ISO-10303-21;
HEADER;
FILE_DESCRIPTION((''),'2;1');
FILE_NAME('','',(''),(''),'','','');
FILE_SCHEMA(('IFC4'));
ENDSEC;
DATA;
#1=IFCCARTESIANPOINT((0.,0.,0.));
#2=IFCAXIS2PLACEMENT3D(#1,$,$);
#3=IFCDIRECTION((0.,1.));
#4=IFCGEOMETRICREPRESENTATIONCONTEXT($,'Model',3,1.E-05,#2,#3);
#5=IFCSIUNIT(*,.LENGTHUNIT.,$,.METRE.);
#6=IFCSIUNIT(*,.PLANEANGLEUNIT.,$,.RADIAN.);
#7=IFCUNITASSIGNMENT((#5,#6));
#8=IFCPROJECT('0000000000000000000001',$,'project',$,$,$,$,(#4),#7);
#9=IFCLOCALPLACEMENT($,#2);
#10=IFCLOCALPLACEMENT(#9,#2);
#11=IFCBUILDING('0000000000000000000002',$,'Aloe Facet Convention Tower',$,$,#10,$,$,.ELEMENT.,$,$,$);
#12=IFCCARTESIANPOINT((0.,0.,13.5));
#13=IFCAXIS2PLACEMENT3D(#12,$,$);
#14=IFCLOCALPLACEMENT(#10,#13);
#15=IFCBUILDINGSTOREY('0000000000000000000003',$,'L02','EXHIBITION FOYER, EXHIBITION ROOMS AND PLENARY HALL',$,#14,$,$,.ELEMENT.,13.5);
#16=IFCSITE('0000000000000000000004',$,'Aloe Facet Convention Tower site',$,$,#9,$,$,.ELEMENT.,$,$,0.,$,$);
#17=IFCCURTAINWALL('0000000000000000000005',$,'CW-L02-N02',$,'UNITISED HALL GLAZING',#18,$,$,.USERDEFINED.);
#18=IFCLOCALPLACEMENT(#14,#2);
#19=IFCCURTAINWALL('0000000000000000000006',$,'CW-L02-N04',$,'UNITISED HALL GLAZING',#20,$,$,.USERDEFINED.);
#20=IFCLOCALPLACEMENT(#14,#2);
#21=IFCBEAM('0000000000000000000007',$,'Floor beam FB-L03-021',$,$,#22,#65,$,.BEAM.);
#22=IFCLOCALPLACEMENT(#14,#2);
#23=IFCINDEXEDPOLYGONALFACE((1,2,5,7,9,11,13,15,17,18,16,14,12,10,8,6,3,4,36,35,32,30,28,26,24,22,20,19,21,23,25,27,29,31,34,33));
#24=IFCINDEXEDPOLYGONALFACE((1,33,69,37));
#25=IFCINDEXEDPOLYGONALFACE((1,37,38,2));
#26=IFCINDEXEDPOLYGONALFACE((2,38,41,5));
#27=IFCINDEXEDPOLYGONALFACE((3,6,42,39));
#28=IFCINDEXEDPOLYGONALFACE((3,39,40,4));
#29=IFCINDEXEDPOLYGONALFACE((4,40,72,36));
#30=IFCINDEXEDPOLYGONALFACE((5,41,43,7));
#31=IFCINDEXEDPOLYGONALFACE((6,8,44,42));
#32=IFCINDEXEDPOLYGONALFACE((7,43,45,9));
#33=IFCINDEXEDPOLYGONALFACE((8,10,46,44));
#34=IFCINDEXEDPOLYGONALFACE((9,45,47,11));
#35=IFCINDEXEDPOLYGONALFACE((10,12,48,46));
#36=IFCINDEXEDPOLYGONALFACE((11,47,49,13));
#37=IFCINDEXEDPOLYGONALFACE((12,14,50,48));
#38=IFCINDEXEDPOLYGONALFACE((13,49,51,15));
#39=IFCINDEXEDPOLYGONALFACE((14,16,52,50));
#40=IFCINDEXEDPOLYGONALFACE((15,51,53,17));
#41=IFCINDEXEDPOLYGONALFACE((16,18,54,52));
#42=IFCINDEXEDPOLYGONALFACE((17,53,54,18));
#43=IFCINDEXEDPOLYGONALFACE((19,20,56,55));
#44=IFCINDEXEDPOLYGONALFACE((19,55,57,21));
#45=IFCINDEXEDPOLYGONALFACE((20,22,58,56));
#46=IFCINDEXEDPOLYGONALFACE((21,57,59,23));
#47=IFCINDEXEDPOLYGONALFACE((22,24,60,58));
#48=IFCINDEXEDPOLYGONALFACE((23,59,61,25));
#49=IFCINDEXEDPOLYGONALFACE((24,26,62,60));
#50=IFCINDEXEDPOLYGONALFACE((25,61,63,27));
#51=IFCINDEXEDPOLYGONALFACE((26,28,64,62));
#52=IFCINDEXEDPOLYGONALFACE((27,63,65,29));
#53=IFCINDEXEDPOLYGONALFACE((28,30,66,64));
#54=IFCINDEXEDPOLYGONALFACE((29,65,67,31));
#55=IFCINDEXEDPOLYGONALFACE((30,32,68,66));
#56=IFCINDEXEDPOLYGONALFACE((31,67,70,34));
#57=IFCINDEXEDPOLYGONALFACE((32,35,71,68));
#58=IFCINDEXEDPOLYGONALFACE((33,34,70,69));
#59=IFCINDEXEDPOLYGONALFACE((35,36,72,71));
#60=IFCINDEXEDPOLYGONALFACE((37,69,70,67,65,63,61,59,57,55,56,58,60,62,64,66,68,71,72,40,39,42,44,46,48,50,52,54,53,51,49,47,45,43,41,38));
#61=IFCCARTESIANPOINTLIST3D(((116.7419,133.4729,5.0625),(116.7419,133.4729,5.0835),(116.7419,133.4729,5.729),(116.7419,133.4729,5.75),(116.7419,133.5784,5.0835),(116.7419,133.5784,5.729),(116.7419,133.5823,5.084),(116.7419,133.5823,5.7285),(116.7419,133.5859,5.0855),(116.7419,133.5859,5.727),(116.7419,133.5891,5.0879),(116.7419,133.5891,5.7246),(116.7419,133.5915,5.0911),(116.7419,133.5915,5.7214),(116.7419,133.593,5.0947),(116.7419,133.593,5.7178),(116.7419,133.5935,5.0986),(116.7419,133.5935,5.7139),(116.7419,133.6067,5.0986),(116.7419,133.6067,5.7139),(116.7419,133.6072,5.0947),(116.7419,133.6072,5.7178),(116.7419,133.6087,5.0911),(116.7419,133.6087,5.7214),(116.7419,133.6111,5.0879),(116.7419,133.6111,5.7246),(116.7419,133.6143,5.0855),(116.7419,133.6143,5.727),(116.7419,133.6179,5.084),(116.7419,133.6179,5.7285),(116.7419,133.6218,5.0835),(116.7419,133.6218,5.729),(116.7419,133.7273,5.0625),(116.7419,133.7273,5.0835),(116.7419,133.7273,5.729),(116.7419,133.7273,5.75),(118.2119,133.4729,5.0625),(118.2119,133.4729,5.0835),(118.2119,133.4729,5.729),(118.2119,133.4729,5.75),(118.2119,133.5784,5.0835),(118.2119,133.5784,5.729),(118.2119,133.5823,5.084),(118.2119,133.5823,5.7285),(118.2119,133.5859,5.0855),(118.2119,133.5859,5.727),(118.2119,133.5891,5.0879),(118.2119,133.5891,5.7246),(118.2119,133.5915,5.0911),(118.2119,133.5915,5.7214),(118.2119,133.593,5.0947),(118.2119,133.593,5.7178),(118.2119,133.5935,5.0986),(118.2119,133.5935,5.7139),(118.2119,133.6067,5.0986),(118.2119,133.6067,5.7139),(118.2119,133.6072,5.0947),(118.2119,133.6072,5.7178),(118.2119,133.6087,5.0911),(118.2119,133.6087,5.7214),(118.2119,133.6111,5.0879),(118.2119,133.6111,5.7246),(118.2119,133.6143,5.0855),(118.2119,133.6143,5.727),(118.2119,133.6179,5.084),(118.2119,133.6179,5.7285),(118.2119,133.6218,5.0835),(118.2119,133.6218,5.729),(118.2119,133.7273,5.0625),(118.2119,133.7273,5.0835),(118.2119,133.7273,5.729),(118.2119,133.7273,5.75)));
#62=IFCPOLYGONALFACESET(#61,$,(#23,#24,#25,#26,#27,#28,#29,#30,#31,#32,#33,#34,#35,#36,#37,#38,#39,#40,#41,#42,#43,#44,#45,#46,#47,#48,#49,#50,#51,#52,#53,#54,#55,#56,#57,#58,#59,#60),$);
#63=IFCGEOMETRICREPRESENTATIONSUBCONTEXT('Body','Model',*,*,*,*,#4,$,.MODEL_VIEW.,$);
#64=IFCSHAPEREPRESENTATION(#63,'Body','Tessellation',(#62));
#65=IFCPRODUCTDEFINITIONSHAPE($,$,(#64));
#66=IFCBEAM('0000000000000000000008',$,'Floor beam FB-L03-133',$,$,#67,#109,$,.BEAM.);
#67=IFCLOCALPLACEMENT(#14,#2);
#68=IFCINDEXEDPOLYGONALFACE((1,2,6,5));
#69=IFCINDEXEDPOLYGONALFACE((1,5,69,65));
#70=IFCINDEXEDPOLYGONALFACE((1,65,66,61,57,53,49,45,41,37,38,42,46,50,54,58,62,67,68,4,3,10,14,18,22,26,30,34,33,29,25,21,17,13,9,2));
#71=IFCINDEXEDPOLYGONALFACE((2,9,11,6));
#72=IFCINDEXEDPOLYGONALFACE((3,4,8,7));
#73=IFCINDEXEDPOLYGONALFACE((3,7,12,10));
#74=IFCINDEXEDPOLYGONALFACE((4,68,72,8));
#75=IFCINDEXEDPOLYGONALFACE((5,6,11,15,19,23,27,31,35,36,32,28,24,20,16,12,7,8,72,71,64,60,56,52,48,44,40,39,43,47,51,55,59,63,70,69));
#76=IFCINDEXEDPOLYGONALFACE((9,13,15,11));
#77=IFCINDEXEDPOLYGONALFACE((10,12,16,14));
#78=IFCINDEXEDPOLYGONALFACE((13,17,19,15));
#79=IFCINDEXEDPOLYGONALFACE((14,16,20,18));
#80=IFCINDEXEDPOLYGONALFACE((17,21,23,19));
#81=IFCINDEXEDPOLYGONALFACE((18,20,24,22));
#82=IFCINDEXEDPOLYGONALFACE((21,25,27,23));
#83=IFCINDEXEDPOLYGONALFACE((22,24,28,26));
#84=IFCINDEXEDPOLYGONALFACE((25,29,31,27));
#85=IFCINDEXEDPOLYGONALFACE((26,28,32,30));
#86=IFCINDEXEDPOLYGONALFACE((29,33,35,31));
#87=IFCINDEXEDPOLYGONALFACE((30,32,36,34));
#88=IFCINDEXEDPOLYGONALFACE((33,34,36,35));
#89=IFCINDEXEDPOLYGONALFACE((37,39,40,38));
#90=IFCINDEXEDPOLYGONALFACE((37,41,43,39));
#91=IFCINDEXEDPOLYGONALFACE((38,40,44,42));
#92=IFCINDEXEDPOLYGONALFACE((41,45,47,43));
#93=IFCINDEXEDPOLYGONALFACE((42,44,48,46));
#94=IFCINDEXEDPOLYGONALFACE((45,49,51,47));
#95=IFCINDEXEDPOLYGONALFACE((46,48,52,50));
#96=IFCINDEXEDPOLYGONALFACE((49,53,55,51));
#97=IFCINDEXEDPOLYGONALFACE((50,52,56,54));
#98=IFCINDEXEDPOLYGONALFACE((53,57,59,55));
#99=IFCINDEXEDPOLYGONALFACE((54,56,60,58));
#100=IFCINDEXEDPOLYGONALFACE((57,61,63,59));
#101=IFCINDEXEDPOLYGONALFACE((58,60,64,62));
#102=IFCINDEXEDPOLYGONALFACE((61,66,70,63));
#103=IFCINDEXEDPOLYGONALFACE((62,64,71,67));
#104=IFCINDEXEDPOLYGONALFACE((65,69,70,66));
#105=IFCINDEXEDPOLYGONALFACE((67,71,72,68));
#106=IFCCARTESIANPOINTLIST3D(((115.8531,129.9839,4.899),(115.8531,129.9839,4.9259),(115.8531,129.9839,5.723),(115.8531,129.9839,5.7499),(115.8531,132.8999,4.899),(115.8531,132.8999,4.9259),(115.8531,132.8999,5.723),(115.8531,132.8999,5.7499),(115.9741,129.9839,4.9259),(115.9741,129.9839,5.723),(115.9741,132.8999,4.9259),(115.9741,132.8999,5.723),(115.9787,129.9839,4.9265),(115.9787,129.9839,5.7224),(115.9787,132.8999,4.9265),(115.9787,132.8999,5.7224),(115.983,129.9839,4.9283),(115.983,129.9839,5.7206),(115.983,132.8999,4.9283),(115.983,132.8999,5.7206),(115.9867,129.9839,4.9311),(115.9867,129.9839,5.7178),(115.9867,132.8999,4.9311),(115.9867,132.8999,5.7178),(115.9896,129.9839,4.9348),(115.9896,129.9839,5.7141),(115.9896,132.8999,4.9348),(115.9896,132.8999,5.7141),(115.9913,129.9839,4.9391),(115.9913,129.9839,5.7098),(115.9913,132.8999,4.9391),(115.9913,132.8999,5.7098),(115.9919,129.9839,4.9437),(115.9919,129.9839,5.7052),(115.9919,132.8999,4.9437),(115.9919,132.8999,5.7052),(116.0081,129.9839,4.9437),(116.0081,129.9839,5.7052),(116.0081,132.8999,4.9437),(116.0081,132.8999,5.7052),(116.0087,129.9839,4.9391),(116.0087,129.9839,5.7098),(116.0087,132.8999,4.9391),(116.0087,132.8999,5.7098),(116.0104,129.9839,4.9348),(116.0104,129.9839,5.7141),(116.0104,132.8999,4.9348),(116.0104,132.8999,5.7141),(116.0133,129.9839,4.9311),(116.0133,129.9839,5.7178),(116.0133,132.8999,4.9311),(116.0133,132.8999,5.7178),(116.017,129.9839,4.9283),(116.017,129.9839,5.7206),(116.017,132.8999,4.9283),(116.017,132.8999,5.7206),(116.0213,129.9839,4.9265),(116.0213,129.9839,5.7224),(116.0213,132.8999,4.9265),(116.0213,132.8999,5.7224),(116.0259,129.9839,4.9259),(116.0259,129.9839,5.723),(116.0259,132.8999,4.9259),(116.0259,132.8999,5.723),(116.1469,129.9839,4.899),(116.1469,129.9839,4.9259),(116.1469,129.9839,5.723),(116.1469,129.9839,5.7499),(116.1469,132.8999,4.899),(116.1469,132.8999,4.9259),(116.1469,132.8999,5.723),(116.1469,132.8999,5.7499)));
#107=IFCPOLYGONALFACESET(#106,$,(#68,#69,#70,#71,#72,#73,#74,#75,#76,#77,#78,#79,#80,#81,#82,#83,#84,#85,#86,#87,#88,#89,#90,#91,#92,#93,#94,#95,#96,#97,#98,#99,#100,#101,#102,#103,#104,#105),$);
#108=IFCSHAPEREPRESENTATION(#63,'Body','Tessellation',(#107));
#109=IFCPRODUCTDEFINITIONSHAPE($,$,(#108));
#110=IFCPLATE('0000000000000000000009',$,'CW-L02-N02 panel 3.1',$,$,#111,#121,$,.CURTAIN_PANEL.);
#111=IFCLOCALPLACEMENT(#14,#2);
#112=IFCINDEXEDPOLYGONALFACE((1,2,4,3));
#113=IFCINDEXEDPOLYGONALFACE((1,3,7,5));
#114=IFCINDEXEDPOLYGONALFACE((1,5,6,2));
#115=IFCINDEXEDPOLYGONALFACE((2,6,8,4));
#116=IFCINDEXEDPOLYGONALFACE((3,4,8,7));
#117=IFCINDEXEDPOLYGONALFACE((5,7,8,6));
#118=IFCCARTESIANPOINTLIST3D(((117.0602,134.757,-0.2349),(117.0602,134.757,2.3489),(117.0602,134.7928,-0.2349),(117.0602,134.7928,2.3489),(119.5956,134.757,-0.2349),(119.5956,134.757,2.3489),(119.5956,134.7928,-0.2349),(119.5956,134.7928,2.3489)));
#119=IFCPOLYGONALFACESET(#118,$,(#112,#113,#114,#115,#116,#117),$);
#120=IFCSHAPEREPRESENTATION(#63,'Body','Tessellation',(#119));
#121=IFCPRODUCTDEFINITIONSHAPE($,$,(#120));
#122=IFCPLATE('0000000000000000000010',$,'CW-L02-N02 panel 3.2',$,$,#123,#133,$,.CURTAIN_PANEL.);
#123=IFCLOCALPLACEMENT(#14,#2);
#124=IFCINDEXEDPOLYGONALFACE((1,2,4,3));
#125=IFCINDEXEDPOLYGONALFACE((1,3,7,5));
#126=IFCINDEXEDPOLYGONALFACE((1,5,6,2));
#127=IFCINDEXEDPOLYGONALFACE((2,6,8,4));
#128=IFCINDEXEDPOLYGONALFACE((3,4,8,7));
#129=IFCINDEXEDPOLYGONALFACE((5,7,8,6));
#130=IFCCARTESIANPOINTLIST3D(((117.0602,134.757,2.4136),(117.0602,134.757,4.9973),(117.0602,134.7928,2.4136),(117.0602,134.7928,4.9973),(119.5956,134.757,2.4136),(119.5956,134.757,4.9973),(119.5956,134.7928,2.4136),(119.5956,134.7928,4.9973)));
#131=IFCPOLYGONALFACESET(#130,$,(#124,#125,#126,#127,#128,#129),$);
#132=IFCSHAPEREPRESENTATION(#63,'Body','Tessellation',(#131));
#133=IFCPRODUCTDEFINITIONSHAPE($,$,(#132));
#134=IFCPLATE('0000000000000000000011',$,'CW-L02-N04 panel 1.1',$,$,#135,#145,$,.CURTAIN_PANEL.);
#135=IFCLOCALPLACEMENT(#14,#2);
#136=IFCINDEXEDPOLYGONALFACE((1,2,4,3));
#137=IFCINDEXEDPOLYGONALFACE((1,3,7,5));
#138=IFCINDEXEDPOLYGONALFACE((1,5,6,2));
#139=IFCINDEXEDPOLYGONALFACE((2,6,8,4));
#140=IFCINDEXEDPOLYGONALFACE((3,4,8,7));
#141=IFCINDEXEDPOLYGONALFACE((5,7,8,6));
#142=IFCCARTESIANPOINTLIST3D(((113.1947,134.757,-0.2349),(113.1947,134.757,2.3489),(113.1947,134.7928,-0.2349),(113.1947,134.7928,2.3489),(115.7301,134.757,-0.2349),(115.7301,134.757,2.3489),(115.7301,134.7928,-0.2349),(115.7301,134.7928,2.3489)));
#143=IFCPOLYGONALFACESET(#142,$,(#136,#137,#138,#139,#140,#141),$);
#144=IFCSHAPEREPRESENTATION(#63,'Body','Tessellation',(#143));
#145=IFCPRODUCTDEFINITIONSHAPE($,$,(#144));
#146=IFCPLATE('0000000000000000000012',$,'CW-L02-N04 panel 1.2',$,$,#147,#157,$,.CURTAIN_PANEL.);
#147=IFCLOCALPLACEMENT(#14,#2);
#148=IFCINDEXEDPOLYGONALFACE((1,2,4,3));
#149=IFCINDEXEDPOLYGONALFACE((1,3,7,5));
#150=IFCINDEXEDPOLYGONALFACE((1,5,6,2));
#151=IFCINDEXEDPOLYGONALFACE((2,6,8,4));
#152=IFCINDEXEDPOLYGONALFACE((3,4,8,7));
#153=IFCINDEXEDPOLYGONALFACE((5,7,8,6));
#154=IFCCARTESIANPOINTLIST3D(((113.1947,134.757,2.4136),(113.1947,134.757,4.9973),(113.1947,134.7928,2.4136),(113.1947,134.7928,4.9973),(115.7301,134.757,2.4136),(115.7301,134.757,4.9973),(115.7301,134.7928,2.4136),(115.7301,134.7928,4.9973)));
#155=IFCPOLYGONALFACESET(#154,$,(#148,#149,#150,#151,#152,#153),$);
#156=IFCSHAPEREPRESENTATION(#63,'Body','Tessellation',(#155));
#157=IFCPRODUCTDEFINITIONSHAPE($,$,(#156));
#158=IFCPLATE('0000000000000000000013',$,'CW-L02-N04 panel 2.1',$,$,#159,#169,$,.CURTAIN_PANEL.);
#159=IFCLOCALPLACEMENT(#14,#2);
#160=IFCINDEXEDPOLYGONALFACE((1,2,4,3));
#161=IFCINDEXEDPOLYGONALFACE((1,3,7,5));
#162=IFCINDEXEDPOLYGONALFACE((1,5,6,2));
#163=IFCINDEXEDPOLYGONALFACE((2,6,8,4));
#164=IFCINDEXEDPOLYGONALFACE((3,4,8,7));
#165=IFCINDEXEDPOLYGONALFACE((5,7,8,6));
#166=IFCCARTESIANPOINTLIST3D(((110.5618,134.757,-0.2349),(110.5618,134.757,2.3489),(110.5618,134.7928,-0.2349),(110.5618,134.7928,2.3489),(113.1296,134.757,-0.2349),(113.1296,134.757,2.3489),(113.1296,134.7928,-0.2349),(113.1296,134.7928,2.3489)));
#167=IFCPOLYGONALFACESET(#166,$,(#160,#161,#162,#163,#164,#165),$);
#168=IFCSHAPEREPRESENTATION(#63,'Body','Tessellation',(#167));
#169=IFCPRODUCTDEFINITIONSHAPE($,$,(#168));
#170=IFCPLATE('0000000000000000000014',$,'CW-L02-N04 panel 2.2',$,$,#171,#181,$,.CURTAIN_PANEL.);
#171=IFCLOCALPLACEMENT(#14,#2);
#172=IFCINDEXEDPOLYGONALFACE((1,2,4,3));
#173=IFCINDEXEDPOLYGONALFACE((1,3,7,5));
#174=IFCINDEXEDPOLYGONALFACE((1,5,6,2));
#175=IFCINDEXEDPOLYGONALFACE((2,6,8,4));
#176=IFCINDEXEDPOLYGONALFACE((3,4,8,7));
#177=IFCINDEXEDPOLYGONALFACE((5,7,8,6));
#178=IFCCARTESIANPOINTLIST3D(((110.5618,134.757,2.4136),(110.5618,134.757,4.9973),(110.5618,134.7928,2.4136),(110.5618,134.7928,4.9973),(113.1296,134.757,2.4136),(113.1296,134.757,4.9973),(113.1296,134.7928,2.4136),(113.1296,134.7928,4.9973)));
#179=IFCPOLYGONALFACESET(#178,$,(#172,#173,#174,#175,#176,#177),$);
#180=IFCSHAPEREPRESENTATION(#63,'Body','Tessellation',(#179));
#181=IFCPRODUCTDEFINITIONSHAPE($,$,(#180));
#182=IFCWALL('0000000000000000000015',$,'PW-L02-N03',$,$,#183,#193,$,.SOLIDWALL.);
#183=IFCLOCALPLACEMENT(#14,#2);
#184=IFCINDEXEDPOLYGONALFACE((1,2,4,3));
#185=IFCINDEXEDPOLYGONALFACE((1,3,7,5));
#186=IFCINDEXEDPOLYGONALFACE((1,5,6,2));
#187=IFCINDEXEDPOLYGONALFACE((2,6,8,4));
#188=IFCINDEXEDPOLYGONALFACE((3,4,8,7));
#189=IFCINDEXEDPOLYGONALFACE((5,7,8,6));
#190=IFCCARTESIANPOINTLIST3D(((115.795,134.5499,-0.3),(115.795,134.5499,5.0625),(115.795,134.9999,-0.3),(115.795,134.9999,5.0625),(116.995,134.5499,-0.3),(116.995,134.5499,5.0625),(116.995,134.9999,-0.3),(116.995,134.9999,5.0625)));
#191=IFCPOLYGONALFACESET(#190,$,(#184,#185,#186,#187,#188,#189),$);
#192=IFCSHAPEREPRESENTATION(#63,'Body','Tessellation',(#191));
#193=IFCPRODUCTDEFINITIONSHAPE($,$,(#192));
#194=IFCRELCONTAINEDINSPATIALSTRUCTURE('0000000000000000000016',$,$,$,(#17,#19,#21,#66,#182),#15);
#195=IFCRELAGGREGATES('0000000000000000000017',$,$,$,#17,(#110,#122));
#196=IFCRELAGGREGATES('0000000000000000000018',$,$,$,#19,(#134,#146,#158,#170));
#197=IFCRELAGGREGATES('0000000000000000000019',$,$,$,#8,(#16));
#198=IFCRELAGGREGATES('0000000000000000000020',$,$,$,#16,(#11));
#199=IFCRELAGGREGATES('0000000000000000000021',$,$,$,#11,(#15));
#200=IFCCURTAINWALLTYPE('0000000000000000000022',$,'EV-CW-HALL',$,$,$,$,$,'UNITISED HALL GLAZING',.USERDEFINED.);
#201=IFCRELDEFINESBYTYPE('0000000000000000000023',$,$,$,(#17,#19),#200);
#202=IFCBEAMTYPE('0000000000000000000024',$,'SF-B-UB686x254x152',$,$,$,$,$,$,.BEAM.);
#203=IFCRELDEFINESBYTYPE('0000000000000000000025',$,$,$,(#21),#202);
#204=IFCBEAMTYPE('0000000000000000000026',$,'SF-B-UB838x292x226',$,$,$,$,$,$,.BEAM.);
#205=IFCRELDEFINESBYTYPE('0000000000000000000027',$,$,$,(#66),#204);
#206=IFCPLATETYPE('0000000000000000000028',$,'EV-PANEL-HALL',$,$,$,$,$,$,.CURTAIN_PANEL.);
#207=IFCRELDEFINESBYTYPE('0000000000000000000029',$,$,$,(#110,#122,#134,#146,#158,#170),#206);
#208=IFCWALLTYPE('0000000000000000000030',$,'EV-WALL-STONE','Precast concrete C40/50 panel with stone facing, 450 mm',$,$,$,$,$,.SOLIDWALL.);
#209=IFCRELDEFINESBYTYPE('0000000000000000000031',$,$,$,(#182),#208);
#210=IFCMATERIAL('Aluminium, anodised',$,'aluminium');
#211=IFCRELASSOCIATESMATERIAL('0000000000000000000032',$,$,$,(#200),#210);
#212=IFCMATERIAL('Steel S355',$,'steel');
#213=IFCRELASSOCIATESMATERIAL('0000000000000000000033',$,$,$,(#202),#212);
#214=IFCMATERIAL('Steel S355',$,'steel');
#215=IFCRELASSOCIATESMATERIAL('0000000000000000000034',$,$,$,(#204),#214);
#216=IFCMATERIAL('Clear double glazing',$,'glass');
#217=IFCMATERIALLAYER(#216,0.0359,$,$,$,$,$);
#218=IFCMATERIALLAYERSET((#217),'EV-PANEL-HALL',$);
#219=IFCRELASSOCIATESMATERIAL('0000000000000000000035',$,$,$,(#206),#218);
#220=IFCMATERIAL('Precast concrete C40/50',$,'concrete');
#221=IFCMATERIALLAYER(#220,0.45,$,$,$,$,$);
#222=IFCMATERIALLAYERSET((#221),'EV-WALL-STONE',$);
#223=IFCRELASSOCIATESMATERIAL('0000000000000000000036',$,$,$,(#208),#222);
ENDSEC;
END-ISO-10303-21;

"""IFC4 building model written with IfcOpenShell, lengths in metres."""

from ifc_helpers import new_model, si_unit, direction, frame, frame_2d, origin, origin_2d, place, context, subcontext, project, spatial, rectangle, i_section, extrude, material, layer, layer_set, material_profile, profile_set, type_object, element, aggregate, save


model = new_model("IFC4")

# Units and contexts
model_context = context("Model", 3, precision=1e-05, world=origin(), true_north=direction((0.0, 1.0)))
body_context = subcontext(model_context, "Body", "Model", "MODEL_VIEW")
ifc_project = project(units=[si_unit("LENGTHUNIT", "METRE"), si_unit("PLANEANGLEUNIT", "RADIAN")], contexts=[model_context])

# Site, building, storey
site_placement = place(None, origin())
site = spatial("IfcSite", under=ifc_project, at=site_placement, Name="Aloe Facet Convention Tower site", CompositionType="ELEMENT", RefElevation=0.0)
building_placement = place(site_placement, origin())
building = spatial("IfcBuilding", under=site, at=building_placement, Name="Aloe Facet Convention Tower", CompositionType="ELEMENT")
storey_placement = place(building_placement, frame((0.0, 0.0, 13.5)))
storey = spatial("IfcBuildingStorey", under=building, at=storey_placement, Name="L02", Description="EXHIBITION FOYER, EXHIBITION ROOMS AND PLENARY HALL", CompositionType="ELEMENT", Elevation=13.5)

# Curtain wall
ifc_material_1 = material(Name="Aluminium, anodised", Category="aluminium")
curtain_wall_type = type_object("IfcCurtainWallType", Name="EV-CW-HALL", ElementType="UNITISED HALL GLAZING", PredefinedType="USERDEFINED", material=ifc_material_1)
curtain_wall_1_placement = place(storey_placement, origin())
curtain_wall_1 = element("IfcCurtainWall", 1, at=curtain_wall_1_placement, inside=storey, type_object=curtain_wall_type, Name="CW-L02-N02", ObjectType="UNITISED HALL GLAZING", PredefinedType="USERDEFINED")

# Curtain wall
curtain_wall_2_placement = place(storey_placement, origin())
curtain_wall_2 = element("IfcCurtainWall", 2, at=curtain_wall_2_placement, inside=storey, type_object=curtain_wall_type, Name="CW-L02-N04", ObjectType="UNITISED HALL GLAZING", PredefinedType="USERDEFINED")

# Beams
ifc_material_2 = material(Name="Steel S355", Category="steel")
ifc_material_profile_1 = material_profile(ifc_material_2, i_section(OverallWidth=0.2544, OverallDepth=0.6875, WebThickness=0.0132, FlangeThickness=0.021, FilletRadius=0.0151, at=origin_2d()), Name="UB 686x254x152")
ifc_profile_set_1 = profile_set([ifc_material_profile_1], Name="Steel S355")
beam_type_1 = type_object("IfcBeamType", Name="SF-B-UB686x254x152", PredefinedType="BEAM", material=ifc_profile_set_1)
beam_1_placement = place(storey_placement, frame((116.7419, 133.6001, 5.4062), z_axis=(1.0, 0.0, 0.0), x_axis=(0.0, 1.0, 0.0)))
element("IfcBeam", 3, at=beam_1_placement, inside=storey, type_object=beam_type_1, Name="Floor beam FB-L03-021", PredefinedType="BEAM", context=body_context, shape_type="SweptSolid", body=[
    extrude(i_section(OverallWidth=0.2544, OverallDepth=0.6875, WebThickness=0.0132, FlangeThickness=0.021, FilletRadius=0.0151, at=origin_2d()), origin(), (0.0, 0.0, 1.0), 1.47),
])
ifc_material_3 = material(Name="Steel S355", Category="steel")
ifc_material_profile_2 = material_profile(ifc_material_3, i_section(OverallWidth=0.2937, OverallDepth=0.8508, WebThickness=0.0161, FlangeThickness=0.0269, FilletRadius=0.0178, at=origin_2d()), Name="UB 838x292x226")
ifc_profile_set_2 = profile_set([ifc_material_profile_2], Name="Steel S355")
beam_type_2 = type_object("IfcBeamType", Name="SF-B-UB838x292x226", PredefinedType="BEAM", material=ifc_profile_set_2)
beam_2_placement = place(storey_placement, frame((116.0, 129.9839, 5.3245), z_axis=(0.0, 1.0, 0.0), x_axis=(-1.0, 0.0, 0.0)))
element("IfcBeam", 4, at=beam_2_placement, inside=storey, type_object=beam_type_2, Name="Floor beam FB-L03-133", PredefinedType="BEAM", context=body_context, shape_type="SweptSolid", body=[
    extrude(i_section(OverallWidth=0.2937, OverallDepth=0.8508, WebThickness=0.0161, FlangeThickness=0.0269, FilletRadius=0.0178, at=origin_2d()), origin(), (0.0, 0.0, 1.0), 2.916),
])

# Plates
ifc_material_4 = material(Name="Clear double glazing", Category="glass")
ifc_layer_1 = layer(ifc_material_4, 0.0359)
ifc_layer_set_1 = layer_set([ifc_layer_1], Name="EV-PANEL-HALL")
plate_type = type_object("IfcPlateType", Name="EV-PANEL-HALL", PredefinedType="CURTAIN_PANEL", material=ifc_layer_set_1)
plate_1_placement = place(storey_placement, frame((118.3279, 134.7749, -0.2349), z_axis=(0.0, 0.0, 1.0), x_axis=(-1.0, 0.0, 0.0)))
plate_1 = element("IfcPlate", 5, at=plate_1_placement, type_object=plate_type, Name="CW-L02-N02 panel 3.1", PredefinedType="CURTAIN_PANEL", context=body_context, shape_type="SweptSolid", body=[
    extrude(rectangle(XDim=2.5354, YDim=0.0359, at=origin_2d()), origin(), (0.0, 0.0, 1.0), 2.5837),
])
plate_2_placement = place(storey_placement, frame((118.3279, 134.7749, 2.4136), z_axis=(0.0, 0.0, 1.0), x_axis=(-1.0, 0.0, 0.0)))
plate_2 = element("IfcPlate", 6, at=plate_2_placement, type_object=plate_type, Name="CW-L02-N02 panel 3.2", PredefinedType="CURTAIN_PANEL", context=body_context, shape_type="SweptSolid", body=[
    extrude(rectangle(XDim=2.5354, YDim=0.0359, at=origin_2d()), origin(), (0.0, 0.0, 1.0), 2.5837),
])
aggregate(curtain_wall_1, [plate_1, plate_2])
plate_3_placement = place(storey_placement, frame((114.4624, 134.7749, -0.2349), z_axis=(0.0, 0.0, 1.0), x_axis=(-1.0, 0.0, 0.0)))
plate_3 = element("IfcPlate", 7, at=plate_3_placement, type_object=plate_type, Name="CW-L02-N04 panel 1.1", PredefinedType="CURTAIN_PANEL", context=body_context, shape_type="SweptSolid", body=[
    extrude(rectangle(XDim=2.5354, YDim=0.0359, at=origin_2d()), origin(), (0.0, 0.0, 1.0), 2.5837),
])
plate_4_placement = place(storey_placement, frame((114.4624, 134.7749, 2.4136), z_axis=(0.0, 0.0, 1.0), x_axis=(-1.0, 0.0, 0.0)))
plate_4 = element("IfcPlate", 8, at=plate_4_placement, type_object=plate_type, Name="CW-L02-N04 panel 1.2", PredefinedType="CURTAIN_PANEL", context=body_context, shape_type="SweptSolid", body=[
    extrude(rectangle(XDim=2.5354, YDim=0.0359, at=origin_2d()), origin(), (0.0, 0.0, 1.0), 2.5837),
])
plate_5_placement = place(storey_placement, frame((111.8457, 134.7749, -0.2349), z_axis=(0.0, 0.0, 1.0), x_axis=(-1.0, 0.0, 0.0)))
plate_5 = element("IfcPlate", 9, at=plate_5_placement, type_object=plate_type, Name="CW-L02-N04 panel 2.1", PredefinedType="CURTAIN_PANEL", context=body_context, shape_type="SweptSolid", body=[
    extrude(rectangle(XDim=2.5679, YDim=0.0359, at=origin_2d()), origin(), (0.0, 0.0, 1.0), 2.5837),
])
plate_6_placement = place(storey_placement, frame((111.8457, 134.7749, 2.4136), z_axis=(0.0, 0.0, 1.0), x_axis=(-1.0, 0.0, 0.0)))
plate_6 = element("IfcPlate", 10, at=plate_6_placement, type_object=plate_type, Name="CW-L02-N04 panel 2.2", PredefinedType="CURTAIN_PANEL", context=body_context, shape_type="SweptSolid", body=[
    extrude(rectangle(XDim=2.5679, YDim=0.0359, at=origin_2d()), origin(), (0.0, 0.0, 1.0), 2.5837),
])
aggregate(curtain_wall_2, [plate_3, plate_4, plate_5, plate_6])

# Wall
ifc_material_5 = material(Name="Precast concrete C40/50", Category="concrete")
ifc_layer_2 = layer(ifc_material_5, 0.45)
ifc_layer_set_2 = layer_set([ifc_layer_2], Name="EV-WALL-STONE")
wall_type = type_object("IfcWallType", Name="EV-WALL-STONE", Description="Precast concrete C40/50 panel with stone facing, 450 mm", PredefinedType="SOLIDWALL", material=ifc_layer_set_2)
wall_placement = place(storey_placement, frame((116.9951, 134.7749, -0.3), z_axis=(0.0, 0.0, 1.0), x_axis=(-1.0, 0.0, 0.0)))
element("IfcWall", 11, at=wall_placement, inside=storey, type_object=wall_type, Name="PW-L02-N03", PredefinedType="SOLIDWALL", context=body_context, shape_type="SweptSolid", body=[
    extrude(rectangle(XDim=1.2, YDim=0.45, at=frame_2d((0.6001, 0.0))), origin(), (0.0, 0.0, 1.0), 5.3625),
])

save(model, "model.ifc")
